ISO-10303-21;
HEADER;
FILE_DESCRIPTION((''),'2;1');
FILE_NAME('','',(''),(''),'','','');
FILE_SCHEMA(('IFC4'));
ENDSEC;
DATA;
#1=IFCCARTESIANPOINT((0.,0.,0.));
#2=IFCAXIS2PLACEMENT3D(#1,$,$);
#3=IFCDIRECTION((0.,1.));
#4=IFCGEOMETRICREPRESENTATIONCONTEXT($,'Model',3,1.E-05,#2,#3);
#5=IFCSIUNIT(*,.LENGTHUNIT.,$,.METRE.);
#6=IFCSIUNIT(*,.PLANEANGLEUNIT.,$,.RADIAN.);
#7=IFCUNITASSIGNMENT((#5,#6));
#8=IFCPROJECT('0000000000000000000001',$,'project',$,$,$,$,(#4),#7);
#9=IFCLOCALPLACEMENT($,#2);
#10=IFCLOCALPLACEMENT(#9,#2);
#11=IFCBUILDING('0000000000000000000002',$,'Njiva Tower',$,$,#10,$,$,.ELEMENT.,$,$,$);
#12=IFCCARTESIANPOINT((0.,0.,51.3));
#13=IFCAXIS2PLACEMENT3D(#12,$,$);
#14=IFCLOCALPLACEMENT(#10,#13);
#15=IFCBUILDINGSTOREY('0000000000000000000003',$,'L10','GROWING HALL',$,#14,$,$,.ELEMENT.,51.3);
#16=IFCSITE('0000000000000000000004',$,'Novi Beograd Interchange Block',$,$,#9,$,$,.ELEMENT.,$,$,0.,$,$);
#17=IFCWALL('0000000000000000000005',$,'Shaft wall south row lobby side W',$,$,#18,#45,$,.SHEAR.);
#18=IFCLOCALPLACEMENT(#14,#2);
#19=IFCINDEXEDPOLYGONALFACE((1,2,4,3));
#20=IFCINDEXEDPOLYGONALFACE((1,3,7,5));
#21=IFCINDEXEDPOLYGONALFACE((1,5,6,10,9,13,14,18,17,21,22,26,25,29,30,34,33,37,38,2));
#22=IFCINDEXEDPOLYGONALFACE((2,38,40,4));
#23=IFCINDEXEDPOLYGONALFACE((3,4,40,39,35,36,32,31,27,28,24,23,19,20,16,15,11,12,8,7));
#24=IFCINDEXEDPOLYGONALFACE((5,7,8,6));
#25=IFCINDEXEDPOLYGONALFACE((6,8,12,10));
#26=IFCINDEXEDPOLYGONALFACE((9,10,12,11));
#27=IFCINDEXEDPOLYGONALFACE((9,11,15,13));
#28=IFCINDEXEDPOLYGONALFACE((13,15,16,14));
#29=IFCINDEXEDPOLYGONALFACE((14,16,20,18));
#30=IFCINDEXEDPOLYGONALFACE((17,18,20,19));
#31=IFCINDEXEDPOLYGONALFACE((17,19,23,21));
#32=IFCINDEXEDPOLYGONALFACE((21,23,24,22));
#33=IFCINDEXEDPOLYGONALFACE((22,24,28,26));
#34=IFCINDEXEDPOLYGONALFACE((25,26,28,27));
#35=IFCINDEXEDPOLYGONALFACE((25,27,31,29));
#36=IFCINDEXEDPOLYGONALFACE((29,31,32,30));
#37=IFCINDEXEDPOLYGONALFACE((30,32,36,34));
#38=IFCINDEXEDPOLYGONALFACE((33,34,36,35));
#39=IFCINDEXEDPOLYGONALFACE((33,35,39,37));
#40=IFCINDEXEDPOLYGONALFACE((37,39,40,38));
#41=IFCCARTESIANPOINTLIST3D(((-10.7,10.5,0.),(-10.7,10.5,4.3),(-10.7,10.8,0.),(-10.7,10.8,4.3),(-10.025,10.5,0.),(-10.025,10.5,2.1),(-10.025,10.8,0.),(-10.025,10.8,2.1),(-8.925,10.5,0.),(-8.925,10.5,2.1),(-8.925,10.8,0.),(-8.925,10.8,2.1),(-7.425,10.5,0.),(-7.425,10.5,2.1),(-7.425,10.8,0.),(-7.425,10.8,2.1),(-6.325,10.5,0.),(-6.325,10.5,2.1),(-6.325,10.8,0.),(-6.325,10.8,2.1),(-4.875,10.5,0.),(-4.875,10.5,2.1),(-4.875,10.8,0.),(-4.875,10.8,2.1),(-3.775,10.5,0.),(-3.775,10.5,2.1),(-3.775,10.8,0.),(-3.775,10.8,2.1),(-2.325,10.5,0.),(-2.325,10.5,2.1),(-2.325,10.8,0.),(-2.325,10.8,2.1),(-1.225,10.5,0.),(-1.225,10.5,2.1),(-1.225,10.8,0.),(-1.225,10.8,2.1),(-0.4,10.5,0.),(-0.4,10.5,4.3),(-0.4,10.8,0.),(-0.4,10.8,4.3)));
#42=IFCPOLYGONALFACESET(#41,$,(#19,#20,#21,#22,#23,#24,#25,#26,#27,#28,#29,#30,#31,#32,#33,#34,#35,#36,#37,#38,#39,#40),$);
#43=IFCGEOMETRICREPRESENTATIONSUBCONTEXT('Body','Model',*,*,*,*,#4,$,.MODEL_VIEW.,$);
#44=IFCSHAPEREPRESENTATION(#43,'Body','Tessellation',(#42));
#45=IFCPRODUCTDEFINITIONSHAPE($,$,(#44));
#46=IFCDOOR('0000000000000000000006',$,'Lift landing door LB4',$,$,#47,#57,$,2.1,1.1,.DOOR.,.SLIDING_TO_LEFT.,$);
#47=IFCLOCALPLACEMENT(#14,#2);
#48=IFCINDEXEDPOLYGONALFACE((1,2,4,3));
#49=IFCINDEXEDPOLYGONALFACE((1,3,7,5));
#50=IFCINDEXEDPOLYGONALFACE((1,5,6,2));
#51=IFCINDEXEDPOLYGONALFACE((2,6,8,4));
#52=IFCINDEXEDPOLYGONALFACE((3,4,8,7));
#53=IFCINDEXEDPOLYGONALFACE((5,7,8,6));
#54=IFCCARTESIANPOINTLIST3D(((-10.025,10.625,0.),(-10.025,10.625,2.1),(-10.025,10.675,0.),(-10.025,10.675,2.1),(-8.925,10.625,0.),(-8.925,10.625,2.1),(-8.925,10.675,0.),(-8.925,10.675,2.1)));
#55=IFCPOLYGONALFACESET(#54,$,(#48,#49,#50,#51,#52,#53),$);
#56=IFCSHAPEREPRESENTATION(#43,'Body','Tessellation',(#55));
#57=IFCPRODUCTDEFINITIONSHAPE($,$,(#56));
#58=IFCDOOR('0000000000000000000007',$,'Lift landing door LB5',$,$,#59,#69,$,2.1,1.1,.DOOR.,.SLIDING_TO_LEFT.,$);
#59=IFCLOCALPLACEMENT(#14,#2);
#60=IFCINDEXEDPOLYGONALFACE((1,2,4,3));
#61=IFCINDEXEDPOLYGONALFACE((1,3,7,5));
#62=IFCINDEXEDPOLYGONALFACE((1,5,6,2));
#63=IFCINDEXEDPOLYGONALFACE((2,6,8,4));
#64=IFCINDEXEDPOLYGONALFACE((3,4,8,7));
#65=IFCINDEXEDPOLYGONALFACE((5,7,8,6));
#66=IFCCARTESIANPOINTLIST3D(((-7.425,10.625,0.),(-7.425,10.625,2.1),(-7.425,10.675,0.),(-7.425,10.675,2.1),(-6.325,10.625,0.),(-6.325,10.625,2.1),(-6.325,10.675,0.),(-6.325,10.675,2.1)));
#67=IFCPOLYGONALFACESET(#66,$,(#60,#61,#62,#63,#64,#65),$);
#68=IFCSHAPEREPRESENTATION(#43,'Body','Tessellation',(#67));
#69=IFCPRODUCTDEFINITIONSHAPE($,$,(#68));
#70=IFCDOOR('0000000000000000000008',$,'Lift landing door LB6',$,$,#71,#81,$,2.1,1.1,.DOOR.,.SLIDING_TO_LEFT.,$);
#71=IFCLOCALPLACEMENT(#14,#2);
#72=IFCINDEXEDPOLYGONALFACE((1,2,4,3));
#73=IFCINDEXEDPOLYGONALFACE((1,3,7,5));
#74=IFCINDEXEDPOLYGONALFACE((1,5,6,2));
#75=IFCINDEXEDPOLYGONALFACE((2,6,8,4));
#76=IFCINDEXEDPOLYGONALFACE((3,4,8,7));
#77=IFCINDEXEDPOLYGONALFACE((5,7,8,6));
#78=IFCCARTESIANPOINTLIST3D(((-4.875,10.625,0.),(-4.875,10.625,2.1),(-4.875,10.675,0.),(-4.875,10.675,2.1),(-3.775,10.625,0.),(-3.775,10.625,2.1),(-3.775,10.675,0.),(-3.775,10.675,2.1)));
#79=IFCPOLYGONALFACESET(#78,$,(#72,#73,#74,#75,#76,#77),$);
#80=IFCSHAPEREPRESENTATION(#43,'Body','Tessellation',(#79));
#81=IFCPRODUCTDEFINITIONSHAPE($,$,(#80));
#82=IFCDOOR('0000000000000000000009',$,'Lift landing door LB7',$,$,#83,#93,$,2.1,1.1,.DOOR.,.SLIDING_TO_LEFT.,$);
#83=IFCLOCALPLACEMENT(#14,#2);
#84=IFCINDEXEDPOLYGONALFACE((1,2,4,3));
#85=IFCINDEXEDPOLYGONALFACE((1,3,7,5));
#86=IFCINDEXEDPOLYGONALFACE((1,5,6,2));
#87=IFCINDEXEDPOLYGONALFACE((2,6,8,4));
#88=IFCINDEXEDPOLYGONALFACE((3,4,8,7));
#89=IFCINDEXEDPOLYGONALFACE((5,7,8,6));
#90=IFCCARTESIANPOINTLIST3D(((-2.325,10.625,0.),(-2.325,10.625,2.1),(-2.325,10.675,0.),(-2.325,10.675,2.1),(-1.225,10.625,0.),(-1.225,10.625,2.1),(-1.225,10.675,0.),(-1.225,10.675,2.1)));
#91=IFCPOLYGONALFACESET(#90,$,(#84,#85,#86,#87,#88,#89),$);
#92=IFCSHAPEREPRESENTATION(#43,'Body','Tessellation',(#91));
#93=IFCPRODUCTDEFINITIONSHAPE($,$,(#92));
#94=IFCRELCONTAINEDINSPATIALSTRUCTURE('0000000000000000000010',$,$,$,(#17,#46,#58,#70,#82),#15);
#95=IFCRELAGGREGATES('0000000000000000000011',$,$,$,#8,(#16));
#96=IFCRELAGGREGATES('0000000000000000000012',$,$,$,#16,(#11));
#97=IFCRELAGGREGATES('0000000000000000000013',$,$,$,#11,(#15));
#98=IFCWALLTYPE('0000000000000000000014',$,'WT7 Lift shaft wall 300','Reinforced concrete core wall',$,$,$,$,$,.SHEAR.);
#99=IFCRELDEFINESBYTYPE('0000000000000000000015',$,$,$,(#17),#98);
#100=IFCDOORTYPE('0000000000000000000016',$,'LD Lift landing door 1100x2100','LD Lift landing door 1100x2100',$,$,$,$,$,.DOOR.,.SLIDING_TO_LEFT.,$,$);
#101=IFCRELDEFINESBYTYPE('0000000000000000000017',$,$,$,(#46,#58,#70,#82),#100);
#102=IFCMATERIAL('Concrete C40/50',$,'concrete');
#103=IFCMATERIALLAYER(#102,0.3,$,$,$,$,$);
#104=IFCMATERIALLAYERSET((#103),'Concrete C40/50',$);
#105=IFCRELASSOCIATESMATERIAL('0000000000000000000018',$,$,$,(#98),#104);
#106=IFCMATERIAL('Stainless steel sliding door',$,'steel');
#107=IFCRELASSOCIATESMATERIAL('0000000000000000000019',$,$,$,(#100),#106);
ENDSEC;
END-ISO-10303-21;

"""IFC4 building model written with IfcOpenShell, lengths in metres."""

from ifc_helpers import new_model, si_unit, direction, frame, frame_2d, origin, place, context, subcontext, project, spatial, rectangle, extrude, material, layer, layer_set, type_object, element, fill, save


model = new_model("IFC4")

# Units and contexts
model_context = context("Model", 3, precision=1e-05, world=origin(), true_north=direction((0.0, 1.0)))
body_context = subcontext(model_context, "Body", "Model", "MODEL_VIEW")
ifc_project = project(units=[si_unit("LENGTHUNIT", "METRE"), si_unit("PLANEANGLEUNIT", "RADIAN")], contexts=[model_context])

# Site, building, storey
site_placement = place(None, origin())
site = spatial("IfcSite", under=ifc_project, at=site_placement, Name="Novi Beograd Interchange Block", CompositionType="ELEMENT", RefElevation=0.0)
building_placement = place(site_placement, origin())
building = spatial("IfcBuilding", under=site, at=building_placement, Name="Njiva Tower", CompositionType="ELEMENT")
storey_placement = place(building_placement, frame((0.0, 0.0, 51.3)))
storey = spatial("IfcBuildingStorey", under=building, at=storey_placement, Name="L10", Description="GROWING HALL", CompositionType="ELEMENT", Elevation=51.3)

# Shared definitions
ifc_material_1 = material(Name="Concrete C40/50", Category="concrete")

# Wall, openings, doors
ifc_layer_1 = layer(ifc_material_1, 0.3)
ifc_layer_set_1 = layer_set([ifc_layer_1], Name="Concrete C40/50")
wall_type_1 = type_object("IfcWallType", Name="WT7 Lift shaft wall 300", Description="Reinforced concrete core wall", PredefinedType="SHEAR", material=ifc_layer_set_1)
ifc_material_2 = material(Name="Stainless steel sliding door", Category="steel")
door_type_1 = type_object("IfcDoorType", Name="LD Lift landing door 1100x2100", Description="LD Lift landing door 1100x2100", OperationType="SLIDING_TO_LEFT", PredefinedType="DOOR", material=ifc_material_2)
wall_1_placement = place(storey_placement, frame((-10.7, 10.65, 0.0), z_axis=(0.0, 0.0, 1.0), x_axis=(1.0, 0.0, 0.0)))
wall_1 = element("IfcWall", 1, at=wall_1_placement, inside=storey, type_object=wall_type_1, Name="Shaft wall south row lobby side W", PredefinedType="SHEAR", context=body_context, shape_type="SweptSolid", body=[
    extrude(rectangle(XDim=10.3, YDim=0.3, at=frame_2d((5.15, 0.0))), origin(), (0.0, 0.0, 1.0), 4.3),
])
opening_1_placement = place(wall_1_placement, frame((0.675, 0.0, 0.0)))
opening_1 = element("IfcOpeningElement", 2, at=opening_1_placement, cuts=wall_1, PredefinedType="OPENING", context=body_context, shape_type="SweptSolid", body=[
    extrude(rectangle(XDim=1.1, YDim=2.1, at=frame_2d((0.55, 1.05))), frame((0.0, 0.16, 0.0), z_axis=(0.0, -1.0, 0.0), x_axis=(1.0, 0.0, 0.0)), (0.0, 0.0, 1.0), 0.32),
])
opening_2_placement = place(wall_1_placement, frame((3.275, 0.0, 0.0)))
opening_2 = element("IfcOpeningElement", 3, at=opening_2_placement, cuts=wall_1, PredefinedType="OPENING", context=body_context, shape_type="SweptSolid", body=[
    extrude(rectangle(XDim=1.1, YDim=2.1, at=frame_2d((0.55, 1.05))), frame((0.0, 0.16, 0.0), z_axis=(0.0, -1.0, 0.0), x_axis=(1.0, 0.0, 0.0)), (0.0, 0.0, 1.0), 0.32),
])
opening_3_placement = place(wall_1_placement, frame((5.825, 0.0, 0.0)))
opening_3 = element("IfcOpeningElement", 4, at=opening_3_placement, cuts=wall_1, PredefinedType="OPENING", context=body_context, shape_type="SweptSolid", body=[
    extrude(rectangle(XDim=1.1, YDim=2.1, at=frame_2d((0.55, 1.05))), frame((0.0, 0.16, 0.0), z_axis=(0.0, -1.0, 0.0), x_axis=(1.0, 0.0, 0.0)), (0.0, 0.0, 1.0), 0.32),
])
opening_4_placement = place(wall_1_placement, frame((8.375, 0.0, 0.0)))
opening_4 = element("IfcOpeningElement", 5, at=opening_4_placement, cuts=wall_1, PredefinedType="OPENING", context=body_context, shape_type="SweptSolid", body=[
    extrude(rectangle(XDim=1.1, YDim=2.1, at=frame_2d((0.55, 1.05))), frame((0.0, 0.16, 0.0), z_axis=(0.0, -1.0, 0.0), x_axis=(1.0, 0.0, 0.0)), (0.0, 0.0, 1.0), 0.32),
])
door_1_placement = place(opening_1_placement, origin())
door_1 = element("IfcDoor", 6, at=door_1_placement, inside=storey, type_object=door_type_1, Name="Lift landing door LB4", OperationType="SLIDING_TO_LEFT", OverallHeight=2.1, OverallWidth=1.1, PredefinedType="DOOR", context=body_context, shape_type="SweptSolid", body=[
    extrude(rectangle(XDim=1.1, YDim=2.1, at=frame_2d((0.55, 1.05))), frame((0.0, 0.025, 0.0), z_axis=(0.0, -1.0, 0.0), x_axis=(1.0, 0.0, 0.0)), (0.0, 0.0, 1.0), 0.05),
])
fill(opening_1, door_1)
door_2_placement = place(opening_2_placement, origin())
door_2 = element("IfcDoor", 7, at=door_2_placement, inside=storey, type_object=door_type_1, Name="Lift landing door LB5", OperationType="SLIDING_TO_LEFT", OverallHeight=2.1, OverallWidth=1.1, PredefinedType="DOOR", context=body_context, shape_type="SweptSolid", body=[
    extrude(rectangle(XDim=1.1, YDim=2.1, at=frame_2d((0.55, 1.05))), frame((0.0, 0.025, 0.0), z_axis=(0.0, -1.0, 0.0), x_axis=(1.0, 0.0, 0.0)), (0.0, 0.0, 1.0), 0.05),
])
fill(opening_2, door_2)
door_3_placement = place(opening_3_placement, origin())
door_3 = element("IfcDoor", 8, at=door_3_placement, inside=storey, type_object=door_type_1, Name="Lift landing door LB6", OperationType="SLIDING_TO_LEFT", OverallHeight=2.1, OverallWidth=1.1, PredefinedType="DOOR", context=body_context, shape_type="SweptSolid", body=[
    extrude(rectangle(XDim=1.1, YDim=2.1, at=frame_2d((0.55, 1.05))), frame((0.0, 0.025, 0.0), z_axis=(0.0, -1.0, 0.0), x_axis=(1.0, 0.0, 0.0)), (0.0, 0.0, 1.0), 0.05),
])
fill(opening_3, door_3)
door_4_placement = place(opening_4_placement, origin())
door_4 = element("IfcDoor", 9, at=door_4_placement, inside=storey, type_object=door_type_1, Name="Lift landing door LB7", OperationType="SLIDING_TO_LEFT", OverallHeight=2.1, OverallWidth=1.1, PredefinedType="DOOR", context=body_context, shape_type="SweptSolid", body=[
    extrude(rectangle(XDim=1.1, YDim=2.1, at=frame_2d((0.55, 1.05))), frame((0.0, 0.025, 0.0), z_axis=(0.0, -1.0, 0.0), x_axis=(1.0, 0.0, 0.0)), (0.0, 0.0, 1.0), 0.05),
])
fill(opening_4, door_4)

save(model, "model.ifc")
